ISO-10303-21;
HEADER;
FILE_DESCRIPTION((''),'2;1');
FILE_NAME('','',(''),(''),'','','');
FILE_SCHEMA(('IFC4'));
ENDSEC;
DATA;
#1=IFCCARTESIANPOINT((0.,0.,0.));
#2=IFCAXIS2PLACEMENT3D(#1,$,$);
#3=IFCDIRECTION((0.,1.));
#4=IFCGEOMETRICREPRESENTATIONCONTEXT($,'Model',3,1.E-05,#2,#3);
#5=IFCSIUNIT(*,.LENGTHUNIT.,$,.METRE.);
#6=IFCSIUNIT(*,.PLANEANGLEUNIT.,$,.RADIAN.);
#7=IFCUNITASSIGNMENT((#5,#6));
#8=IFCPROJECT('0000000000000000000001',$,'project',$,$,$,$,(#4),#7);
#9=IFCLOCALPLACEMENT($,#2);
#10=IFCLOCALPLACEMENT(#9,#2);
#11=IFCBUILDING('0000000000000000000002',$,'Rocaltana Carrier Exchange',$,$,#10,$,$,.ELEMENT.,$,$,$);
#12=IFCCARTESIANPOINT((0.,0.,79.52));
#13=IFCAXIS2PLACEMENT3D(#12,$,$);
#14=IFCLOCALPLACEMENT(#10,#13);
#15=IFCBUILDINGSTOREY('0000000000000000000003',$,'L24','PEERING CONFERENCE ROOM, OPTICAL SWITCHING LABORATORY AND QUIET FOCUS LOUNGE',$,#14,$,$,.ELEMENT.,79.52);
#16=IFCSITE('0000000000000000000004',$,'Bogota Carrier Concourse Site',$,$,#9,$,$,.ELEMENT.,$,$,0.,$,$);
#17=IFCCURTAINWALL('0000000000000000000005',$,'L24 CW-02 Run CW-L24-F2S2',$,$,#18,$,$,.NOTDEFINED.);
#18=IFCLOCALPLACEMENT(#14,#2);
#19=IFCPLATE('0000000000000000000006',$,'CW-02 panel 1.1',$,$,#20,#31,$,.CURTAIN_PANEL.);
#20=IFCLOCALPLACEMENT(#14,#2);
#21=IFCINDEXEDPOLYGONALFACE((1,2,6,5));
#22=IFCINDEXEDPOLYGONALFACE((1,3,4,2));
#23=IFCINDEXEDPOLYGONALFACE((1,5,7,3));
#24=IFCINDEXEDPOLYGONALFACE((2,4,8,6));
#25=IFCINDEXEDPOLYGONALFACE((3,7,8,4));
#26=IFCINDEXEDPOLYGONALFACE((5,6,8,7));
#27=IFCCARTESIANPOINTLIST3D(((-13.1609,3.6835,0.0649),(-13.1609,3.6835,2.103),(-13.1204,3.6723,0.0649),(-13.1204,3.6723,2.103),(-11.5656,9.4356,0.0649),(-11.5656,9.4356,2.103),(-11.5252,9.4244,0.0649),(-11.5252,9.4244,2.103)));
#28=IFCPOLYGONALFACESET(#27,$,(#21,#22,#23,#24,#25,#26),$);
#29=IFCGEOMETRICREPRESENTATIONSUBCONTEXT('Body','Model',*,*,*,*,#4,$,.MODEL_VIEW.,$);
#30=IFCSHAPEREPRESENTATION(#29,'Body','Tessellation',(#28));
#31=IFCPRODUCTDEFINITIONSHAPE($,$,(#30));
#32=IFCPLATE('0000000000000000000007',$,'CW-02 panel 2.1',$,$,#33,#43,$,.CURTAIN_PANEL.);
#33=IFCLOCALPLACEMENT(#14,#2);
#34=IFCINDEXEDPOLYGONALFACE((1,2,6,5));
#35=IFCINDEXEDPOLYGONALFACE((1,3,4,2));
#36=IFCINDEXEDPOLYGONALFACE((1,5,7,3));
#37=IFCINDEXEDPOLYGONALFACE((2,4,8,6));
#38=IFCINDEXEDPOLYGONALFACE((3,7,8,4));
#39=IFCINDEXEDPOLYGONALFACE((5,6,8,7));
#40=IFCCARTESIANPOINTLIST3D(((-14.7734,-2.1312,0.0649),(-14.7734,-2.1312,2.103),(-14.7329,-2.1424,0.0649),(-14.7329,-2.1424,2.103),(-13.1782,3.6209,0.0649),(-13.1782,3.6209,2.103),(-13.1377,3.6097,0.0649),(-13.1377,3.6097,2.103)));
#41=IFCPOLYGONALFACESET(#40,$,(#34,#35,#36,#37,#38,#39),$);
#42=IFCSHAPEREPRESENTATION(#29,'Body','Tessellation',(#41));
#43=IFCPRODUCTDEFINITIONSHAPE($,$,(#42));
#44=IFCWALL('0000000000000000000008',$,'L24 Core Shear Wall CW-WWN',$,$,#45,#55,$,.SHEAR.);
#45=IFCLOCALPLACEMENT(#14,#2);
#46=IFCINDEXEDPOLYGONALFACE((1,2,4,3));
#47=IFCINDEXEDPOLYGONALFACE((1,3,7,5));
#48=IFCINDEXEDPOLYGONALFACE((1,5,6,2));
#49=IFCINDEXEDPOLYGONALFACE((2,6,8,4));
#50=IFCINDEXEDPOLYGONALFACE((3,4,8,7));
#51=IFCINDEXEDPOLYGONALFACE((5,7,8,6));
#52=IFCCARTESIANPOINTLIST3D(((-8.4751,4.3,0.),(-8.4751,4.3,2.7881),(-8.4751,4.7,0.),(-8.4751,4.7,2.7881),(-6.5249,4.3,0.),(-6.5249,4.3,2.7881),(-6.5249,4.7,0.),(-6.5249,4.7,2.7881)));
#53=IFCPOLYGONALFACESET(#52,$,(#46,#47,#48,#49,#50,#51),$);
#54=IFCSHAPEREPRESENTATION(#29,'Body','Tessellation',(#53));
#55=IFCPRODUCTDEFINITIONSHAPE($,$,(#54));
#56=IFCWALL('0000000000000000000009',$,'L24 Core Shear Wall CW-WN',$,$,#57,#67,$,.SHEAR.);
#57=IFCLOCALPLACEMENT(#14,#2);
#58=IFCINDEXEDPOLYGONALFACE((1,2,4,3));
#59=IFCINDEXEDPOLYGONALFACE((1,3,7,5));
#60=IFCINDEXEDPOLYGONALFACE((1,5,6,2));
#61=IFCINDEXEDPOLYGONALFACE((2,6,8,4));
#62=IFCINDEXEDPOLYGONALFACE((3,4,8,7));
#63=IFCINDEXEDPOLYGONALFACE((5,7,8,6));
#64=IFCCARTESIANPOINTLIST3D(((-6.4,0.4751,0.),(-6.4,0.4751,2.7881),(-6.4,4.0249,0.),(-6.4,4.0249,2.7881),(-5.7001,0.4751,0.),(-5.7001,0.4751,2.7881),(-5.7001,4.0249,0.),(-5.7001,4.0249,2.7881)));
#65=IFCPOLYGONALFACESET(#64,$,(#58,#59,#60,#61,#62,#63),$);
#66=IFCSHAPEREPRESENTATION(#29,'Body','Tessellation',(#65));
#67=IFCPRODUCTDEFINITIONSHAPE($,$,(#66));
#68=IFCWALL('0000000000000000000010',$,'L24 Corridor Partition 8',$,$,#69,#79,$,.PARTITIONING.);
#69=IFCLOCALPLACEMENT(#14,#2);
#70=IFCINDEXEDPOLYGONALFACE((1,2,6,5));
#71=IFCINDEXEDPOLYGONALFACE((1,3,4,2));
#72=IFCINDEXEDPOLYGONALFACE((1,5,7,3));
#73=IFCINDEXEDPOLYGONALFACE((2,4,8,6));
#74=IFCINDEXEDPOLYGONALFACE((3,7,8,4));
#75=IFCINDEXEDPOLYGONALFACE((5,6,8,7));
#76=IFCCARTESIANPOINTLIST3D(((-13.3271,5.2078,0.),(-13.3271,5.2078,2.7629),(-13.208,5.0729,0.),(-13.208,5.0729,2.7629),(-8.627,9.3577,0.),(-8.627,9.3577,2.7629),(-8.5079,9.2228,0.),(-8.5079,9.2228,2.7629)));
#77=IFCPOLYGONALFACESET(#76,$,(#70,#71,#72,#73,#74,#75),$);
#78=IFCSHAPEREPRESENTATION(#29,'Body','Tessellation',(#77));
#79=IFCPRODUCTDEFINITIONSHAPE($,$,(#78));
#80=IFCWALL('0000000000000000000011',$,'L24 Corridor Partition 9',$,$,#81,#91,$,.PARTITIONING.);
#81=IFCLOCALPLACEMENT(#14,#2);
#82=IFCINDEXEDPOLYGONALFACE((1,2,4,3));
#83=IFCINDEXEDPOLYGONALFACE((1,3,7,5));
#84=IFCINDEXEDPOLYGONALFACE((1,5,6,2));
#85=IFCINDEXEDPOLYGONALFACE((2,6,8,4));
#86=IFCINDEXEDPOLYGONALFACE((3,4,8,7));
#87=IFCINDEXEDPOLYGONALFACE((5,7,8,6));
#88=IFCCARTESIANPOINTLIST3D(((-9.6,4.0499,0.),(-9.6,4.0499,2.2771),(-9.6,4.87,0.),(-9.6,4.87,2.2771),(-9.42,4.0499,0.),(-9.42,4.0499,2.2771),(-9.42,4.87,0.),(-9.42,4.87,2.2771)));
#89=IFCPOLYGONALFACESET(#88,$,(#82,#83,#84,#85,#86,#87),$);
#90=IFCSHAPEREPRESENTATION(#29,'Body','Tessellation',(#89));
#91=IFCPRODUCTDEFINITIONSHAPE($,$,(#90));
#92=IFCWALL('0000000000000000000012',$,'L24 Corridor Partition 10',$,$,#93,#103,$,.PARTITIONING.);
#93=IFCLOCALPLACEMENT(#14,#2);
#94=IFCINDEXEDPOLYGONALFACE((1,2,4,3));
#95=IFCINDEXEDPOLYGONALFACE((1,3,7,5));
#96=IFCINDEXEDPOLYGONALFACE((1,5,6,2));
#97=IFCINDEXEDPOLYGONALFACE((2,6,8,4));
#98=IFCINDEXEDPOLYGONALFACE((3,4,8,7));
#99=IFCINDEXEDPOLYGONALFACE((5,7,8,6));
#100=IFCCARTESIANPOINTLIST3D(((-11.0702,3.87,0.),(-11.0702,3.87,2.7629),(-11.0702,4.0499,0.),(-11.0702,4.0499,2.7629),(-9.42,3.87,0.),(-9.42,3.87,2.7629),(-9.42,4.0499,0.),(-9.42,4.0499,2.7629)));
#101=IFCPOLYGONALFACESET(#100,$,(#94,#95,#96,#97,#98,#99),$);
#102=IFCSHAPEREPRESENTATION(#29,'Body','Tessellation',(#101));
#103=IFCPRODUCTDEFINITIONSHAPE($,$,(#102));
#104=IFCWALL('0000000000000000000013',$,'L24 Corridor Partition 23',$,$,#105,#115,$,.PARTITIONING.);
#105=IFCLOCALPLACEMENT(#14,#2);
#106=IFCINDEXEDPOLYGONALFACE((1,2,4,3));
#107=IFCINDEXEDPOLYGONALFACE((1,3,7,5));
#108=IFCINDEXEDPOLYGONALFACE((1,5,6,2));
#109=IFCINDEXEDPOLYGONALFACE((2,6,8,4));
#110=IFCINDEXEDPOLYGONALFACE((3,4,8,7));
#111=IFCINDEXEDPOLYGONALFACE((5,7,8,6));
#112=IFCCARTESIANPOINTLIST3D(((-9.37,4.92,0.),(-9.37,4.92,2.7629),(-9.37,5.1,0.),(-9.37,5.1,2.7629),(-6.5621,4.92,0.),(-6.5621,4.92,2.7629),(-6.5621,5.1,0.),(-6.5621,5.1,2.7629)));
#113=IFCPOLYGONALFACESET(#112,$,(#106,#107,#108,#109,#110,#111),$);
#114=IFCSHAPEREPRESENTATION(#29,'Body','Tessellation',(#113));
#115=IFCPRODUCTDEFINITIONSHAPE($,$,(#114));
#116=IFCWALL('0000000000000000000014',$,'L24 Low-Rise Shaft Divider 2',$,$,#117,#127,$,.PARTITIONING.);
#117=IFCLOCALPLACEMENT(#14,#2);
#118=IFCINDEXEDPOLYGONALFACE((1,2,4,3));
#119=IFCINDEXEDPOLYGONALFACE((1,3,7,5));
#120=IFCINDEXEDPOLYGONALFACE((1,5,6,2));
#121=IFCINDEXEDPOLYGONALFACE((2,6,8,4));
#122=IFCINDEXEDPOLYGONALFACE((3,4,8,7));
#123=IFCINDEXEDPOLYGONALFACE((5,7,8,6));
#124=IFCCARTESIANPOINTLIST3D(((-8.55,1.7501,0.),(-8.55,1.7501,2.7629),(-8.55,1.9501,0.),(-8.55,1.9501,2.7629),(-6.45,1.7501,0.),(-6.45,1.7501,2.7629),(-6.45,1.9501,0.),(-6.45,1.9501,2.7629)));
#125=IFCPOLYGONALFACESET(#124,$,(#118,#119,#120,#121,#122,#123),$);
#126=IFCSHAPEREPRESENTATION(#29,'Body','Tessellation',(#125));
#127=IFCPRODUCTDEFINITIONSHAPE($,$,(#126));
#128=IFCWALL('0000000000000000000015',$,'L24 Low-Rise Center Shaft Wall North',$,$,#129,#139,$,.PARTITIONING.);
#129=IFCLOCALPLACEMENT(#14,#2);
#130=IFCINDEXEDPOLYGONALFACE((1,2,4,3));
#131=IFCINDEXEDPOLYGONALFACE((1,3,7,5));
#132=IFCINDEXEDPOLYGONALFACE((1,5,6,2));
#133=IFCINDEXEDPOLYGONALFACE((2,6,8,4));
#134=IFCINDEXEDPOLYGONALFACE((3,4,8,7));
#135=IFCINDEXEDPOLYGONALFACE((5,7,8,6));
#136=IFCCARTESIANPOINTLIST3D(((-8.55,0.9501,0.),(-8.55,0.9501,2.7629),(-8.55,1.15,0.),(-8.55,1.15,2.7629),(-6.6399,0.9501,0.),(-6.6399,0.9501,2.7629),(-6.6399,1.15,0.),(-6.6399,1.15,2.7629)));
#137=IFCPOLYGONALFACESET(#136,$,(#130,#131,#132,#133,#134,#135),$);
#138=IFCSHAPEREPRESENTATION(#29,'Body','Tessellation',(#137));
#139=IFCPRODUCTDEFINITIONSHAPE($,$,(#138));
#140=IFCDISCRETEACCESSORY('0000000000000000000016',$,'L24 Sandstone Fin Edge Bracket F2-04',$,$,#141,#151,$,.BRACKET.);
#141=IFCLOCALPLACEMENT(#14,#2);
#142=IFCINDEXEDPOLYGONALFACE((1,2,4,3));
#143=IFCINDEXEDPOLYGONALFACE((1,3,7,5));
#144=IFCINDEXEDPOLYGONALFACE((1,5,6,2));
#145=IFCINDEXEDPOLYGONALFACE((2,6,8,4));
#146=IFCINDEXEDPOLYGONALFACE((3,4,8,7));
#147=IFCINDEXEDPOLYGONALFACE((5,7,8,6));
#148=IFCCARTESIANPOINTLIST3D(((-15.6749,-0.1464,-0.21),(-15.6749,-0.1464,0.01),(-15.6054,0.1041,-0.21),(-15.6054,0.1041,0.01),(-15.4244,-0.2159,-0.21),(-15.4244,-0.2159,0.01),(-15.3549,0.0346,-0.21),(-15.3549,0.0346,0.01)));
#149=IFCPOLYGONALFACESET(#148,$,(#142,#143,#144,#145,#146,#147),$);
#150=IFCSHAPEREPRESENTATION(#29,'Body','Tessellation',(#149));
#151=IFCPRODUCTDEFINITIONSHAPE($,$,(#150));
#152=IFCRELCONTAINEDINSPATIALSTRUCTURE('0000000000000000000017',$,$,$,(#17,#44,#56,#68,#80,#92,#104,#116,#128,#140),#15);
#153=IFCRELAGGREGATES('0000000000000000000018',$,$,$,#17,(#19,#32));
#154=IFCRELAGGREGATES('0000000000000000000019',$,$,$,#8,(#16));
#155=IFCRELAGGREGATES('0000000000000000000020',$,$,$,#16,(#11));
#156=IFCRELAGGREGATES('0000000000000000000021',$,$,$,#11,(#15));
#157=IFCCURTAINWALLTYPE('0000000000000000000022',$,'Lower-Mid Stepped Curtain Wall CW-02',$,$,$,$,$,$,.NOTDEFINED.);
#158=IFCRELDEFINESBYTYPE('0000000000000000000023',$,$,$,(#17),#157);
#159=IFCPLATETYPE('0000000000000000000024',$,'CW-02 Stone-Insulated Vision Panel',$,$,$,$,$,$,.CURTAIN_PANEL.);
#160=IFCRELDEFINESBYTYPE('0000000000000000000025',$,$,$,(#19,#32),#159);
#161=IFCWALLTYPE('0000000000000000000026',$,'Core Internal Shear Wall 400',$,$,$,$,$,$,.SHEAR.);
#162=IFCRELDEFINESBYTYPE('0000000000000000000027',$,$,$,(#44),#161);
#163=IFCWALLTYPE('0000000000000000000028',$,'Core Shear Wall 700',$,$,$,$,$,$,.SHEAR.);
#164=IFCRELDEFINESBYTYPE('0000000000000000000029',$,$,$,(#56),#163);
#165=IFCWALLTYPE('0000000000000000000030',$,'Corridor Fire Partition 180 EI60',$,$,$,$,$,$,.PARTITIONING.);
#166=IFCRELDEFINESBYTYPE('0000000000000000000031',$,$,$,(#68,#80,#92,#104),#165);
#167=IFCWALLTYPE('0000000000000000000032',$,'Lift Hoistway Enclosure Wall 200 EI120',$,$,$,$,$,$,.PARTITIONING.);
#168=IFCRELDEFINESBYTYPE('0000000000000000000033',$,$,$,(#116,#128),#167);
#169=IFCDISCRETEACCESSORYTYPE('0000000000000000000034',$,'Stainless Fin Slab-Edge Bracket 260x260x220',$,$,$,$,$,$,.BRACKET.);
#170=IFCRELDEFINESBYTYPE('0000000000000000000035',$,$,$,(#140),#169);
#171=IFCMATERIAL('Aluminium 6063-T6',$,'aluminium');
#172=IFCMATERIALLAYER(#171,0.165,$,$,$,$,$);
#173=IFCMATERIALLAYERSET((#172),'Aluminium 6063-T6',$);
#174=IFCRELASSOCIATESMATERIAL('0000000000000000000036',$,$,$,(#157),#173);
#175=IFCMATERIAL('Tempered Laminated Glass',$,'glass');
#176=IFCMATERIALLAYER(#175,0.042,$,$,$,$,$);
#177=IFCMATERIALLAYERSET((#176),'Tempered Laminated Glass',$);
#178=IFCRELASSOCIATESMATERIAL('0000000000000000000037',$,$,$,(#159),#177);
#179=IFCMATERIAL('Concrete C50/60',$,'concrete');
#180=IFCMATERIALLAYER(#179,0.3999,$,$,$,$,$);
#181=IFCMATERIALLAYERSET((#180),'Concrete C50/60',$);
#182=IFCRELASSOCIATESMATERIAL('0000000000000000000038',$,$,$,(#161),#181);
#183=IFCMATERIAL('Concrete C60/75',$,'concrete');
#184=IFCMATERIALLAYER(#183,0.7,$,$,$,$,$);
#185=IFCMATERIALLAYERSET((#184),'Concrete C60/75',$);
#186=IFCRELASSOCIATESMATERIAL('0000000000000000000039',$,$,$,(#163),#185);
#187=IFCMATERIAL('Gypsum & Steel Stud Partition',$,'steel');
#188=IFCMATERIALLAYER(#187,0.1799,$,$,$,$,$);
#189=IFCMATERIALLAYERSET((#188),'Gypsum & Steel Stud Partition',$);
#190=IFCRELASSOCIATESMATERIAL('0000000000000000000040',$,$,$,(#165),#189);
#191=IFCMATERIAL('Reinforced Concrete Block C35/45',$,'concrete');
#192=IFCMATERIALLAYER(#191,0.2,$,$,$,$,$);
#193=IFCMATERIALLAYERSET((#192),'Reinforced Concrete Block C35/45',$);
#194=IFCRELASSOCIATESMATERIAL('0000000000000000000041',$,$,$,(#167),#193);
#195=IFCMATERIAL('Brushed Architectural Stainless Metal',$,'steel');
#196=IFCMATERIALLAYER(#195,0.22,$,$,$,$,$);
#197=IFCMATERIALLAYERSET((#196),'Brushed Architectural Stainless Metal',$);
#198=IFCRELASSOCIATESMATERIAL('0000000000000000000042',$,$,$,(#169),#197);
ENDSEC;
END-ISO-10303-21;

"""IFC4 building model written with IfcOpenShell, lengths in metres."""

from ifc_helpers import new_model, si_unit, direction, frame, frame_2d, origin, origin_2d, place, context, subcontext, project, spatial, rectangle, extrude, material, layer, layer_set, type_object, element, aggregate, save


model = new_model("IFC4")

# Units and contexts
model_context = context("Model", 3, precision=1e-05, world=origin(), true_north=direction((0.0, 1.0)))
body_context = subcontext(model_context, "Body", "Model", "MODEL_VIEW")
ifc_project = project(units=[si_unit("LENGTHUNIT", "METRE"), si_unit("PLANEANGLEUNIT", "RADIAN")], contexts=[model_context])

# Site, building, storey
site_placement = place(None, origin())
site = spatial("IfcSite", under=ifc_project, at=site_placement, Name="Bogota Carrier Concourse Site", CompositionType="ELEMENT", RefElevation=0.0)
building_placement = place(site_placement, origin())
building = spatial("IfcBuilding", under=site, at=building_placement, Name="Rocaltana Carrier Exchange", CompositionType="ELEMENT")
storey_placement = place(building_placement, frame((0.0, 0.0, 79.52)))
storey = spatial("IfcBuildingStorey", under=building, at=storey_placement, Name="L24", Description="PEERING CONFERENCE ROOM, OPTICAL SWITCHING LABORATORY AND QUIET FOCUS LOUNGE", CompositionType="ELEMENT", Elevation=79.52)

# Curtain wall
ifc_material_1 = material(Name="Aluminium 6063-T6", Category="aluminium")
ifc_layer_1 = layer(ifc_material_1, 0.165)
ifc_layer_set_1 = layer_set([ifc_layer_1], Name="Aluminium 6063-T6")
curtain_wall_type = type_object("IfcCurtainWallType", Name="Lower-Mid Stepped Curtain Wall CW-02", PredefinedType="NOTDEFINED", material=ifc_layer_set_1)
curtain_wall_placement = place(storey_placement, origin())
curtain_wall = element("IfcCurtainWall", 1, at=curtain_wall_placement, inside=storey, type_object=curtain_wall_type, Name="L24 CW-02 Run CW-L24-F2S2", PredefinedType="NOTDEFINED")

# Plates
ifc_material_2 = material(Name="Tempered Laminated Glass", Category="glass")
ifc_layer_2 = layer(ifc_material_2, 0.042)
ifc_layer_set_2 = layer_set([ifc_layer_2], Name="Tempered Laminated Glass")
plate_type = type_object("IfcPlateType", Name="CW-02 Stone-Insulated Vision Panel", PredefinedType="CURTAIN_PANEL", material=ifc_layer_set_2)
plate_1_placement = place(storey_placement, frame((-12.343, 6.554, 0.0649), z_axis=(0.0, 0.0, 1.0), x_axis=(-0.267238, -0.963631, 0.0)))
plate_1 = element("IfcPlate", 2, at=plate_1_placement, type_object=plate_type, Name="CW-02 panel 1.1", PredefinedType="CURTAIN_PANEL", context=body_context, shape_type="SweptSolid", body=[
    extrude(rectangle(XDim=5.9692, YDim=0.042, at=origin_2d()), origin(), (0.0, 0.0, 1.0), 2.0381),
])
plate_2_placement = place(storey_placement, frame((-13.9556, 0.7393, 0.0649), z_axis=(0.0, 0.0, 1.0), x_axis=(-0.267238, -0.963631, 0.0)))
plate_2 = element("IfcPlate", 3, at=plate_2_placement, type_object=plate_type, Name="CW-02 panel 2.1", PredefinedType="CURTAIN_PANEL", context=body_context, shape_type="SweptSolid", body=[
    extrude(rectangle(XDim=5.9692, YDim=0.042, at=origin_2d()), origin(), (0.0, 0.0, 1.0), 2.0381),
])
aggregate(curtain_wall, [plate_1, plate_2])

# Walls
ifc_material_3 = material(Name="Concrete C50/60", Category="concrete")
ifc_layer_3 = layer(ifc_material_3, 0.3999)
ifc_layer_set_3 = layer_set([ifc_layer_3], Name="Concrete C50/60")
wall_type_1 = type_object("IfcWallType", Name="Core Internal Shear Wall 400", PredefinedType="SHEAR", material=ifc_layer_set_3)
wall_1_placement = place(storey_placement, frame((-8.4751, 4.5, 0.0), z_axis=(0.0, 0.0, 1.0), x_axis=(1.0, 0.0, 0.0)))
element("IfcWall", 4, at=wall_1_placement, inside=storey, type_object=wall_type_1, Name="L24 Core Shear Wall CW-WWN", PredefinedType="SHEAR", context=body_context, shape_type="SweptSolid", body=[
    extrude(rectangle(XDim=1.9502, YDim=0.3999, at=frame_2d((0.9751, 0.0))), origin(), (0.0, 0.0, 1.0), 2.7881),
])
ifc_material_4 = material(Name="Concrete C60/75", Category="concrete")
ifc_layer_4 = layer(ifc_material_4, 0.7)
ifc_layer_set_4 = layer_set([ifc_layer_4], Name="Concrete C60/75")
wall_type_2 = type_object("IfcWallType", Name="Core Shear Wall 700", PredefinedType="SHEAR", material=ifc_layer_set_4)
wall_2_placement = place(storey_placement, frame((-6.05, 0.4751, 0.0), z_axis=(0.0, 0.0, 1.0), x_axis=(0.0, 1.0, 0.0)))
element("IfcWall", 5, at=wall_2_placement, inside=storey, type_object=wall_type_2, Name="L24 Core Shear Wall CW-WN", PredefinedType="SHEAR", context=body_context, shape_type="SweptSolid", body=[
    extrude(rectangle(XDim=3.5498, YDim=0.7, at=frame_2d((1.7749, 0.0))), origin(), (0.0, 0.0, 1.0), 2.7881),
])
ifc_material_5 = material(Name="Gypsum & Steel Stud Partition", Category="steel")
ifc_layer_5 = layer(ifc_material_5, 0.1799)
ifc_layer_set_5 = layer_set([ifc_layer_5], Name="Gypsum & Steel Stud Partition")
wall_type_3 = type_object("IfcWallType", Name="Corridor Fire Partition 180 EI60", PredefinedType="PARTITIONING", material=ifc_layer_set_5)
wall_3_placement = place(storey_placement, frame((-13.2676, 5.1404, 0.0), z_axis=(0.0, 0.0, 1.0), x_axis=(0.749626, 0.661861, 0.0)))
element("IfcWall", 6, at=wall_3_placement, inside=storey, type_object=wall_type_3, Name="L24 Corridor Partition 8", PredefinedType="PARTITIONING", context=body_context, shape_type="SweptSolid", body=[
    extrude(rectangle(XDim=6.27, YDim=0.1799, at=frame_2d((3.135, 0.0))), origin(), (0.0, 0.0, 1.0), 2.7629),
])
wall_4_placement = place(storey_placement, frame((-9.51, 4.8701, 0.0), z_axis=(0.0, 0.0, 1.0), x_axis=(0.0, -1.0, 0.0)))
element("IfcWall", 7, at=wall_4_placement, inside=storey, type_object=wall_type_3, Name="L24 Corridor Partition 9", PredefinedType="PARTITIONING", context=body_context, shape_type="SweptSolid", body=[
    extrude(rectangle(XDim=0.8201, YDim=0.1799, at=frame_2d((0.4102, 0.0))), origin(), (0.0, 0.0, 1.0), 2.2771),
])
wall_5_placement = place(storey_placement, frame((-9.4199, 3.96, 0.0), z_axis=(0.0, 0.0, 1.0), x_axis=(-1.0, 0.0, 0.0)))
element("IfcWall", 8, at=wall_5_placement, inside=storey, type_object=wall_type_3, Name="L24 Corridor Partition 10", PredefinedType="PARTITIONING", context=body_context, shape_type="SweptSolid", body=[
    extrude(rectangle(XDim=1.6501, YDim=0.1799, at=frame_2d((0.8252, 0.0))), origin(), (0.0, 0.0, 1.0), 2.7629),
])
wall_6_placement = place(storey_placement, frame((-6.5623, 5.01, 0.0), z_axis=(0.0, 0.0, 1.0), x_axis=(-1.0, 0.0, 0.0)))
element("IfcWall", 9, at=wall_6_placement, inside=storey, type_object=wall_type_3, Name="L24 Corridor Partition 23", PredefinedType="PARTITIONING", context=body_context, shape_type="SweptSolid", body=[
    extrude(rectangle(XDim=2.8079, YDim=0.1799, at=frame_2d((1.4038, 0.0))), origin(), (0.0, 0.0, 1.0), 2.7629),
])
ifc_material_6 = material(Name="Reinforced Concrete Block C35/45", Category="concrete")
ifc_layer_6 = layer(ifc_material_6, 0.2)
ifc_layer_set_6 = layer_set([ifc_layer_6], Name="Reinforced Concrete Block C35/45")
wall_type_4 = type_object("IfcWallType", Name="Lift Hoistway Enclosure Wall 200 EI120", PredefinedType="PARTITIONING", material=ifc_layer_set_6)
wall_7_placement = place(storey_placement, frame((-8.55, 1.8501, 0.0), z_axis=(0.0, 0.0, 1.0), x_axis=(1.0, 0.0, 0.0)))
element("IfcWall", 10, at=wall_7_placement, inside=storey, type_object=wall_type_4, Name="L24 Low-Rise Shaft Divider 2", PredefinedType="PARTITIONING", context=body_context, shape_type="SweptSolid", body=[
    extrude(rectangle(XDim=2.1001, YDim=0.2, at=frame_2d((1.05, 0.0))), origin(), (0.0, 0.0, 1.0), 2.7629),
])
wall_8_placement = place(storey_placement, frame((-8.55, 1.05, 0.0), z_axis=(0.0, 0.0, 1.0), x_axis=(1.0, 0.0, 0.0)))
element("IfcWall", 11, at=wall_8_placement, inside=storey, type_object=wall_type_4, Name="L24 Low-Rise Center Shaft Wall North", PredefinedType="PARTITIONING", context=body_context, shape_type="SweptSolid", body=[
    extrude(rectangle(XDim=1.9102, YDim=0.2, at=frame_2d((0.9551, 0.0))), origin(), (0.0, 0.0, 1.0), 2.7629),
])

# Discrete accessory
ifc_material_7 = material(Name="Brushed Architectural Stainless Metal", Category="steel")
ifc_layer_7 = layer(ifc_material_7, 0.22)
ifc_layer_set_7 = layer_set([ifc_layer_7], Name="Brushed Architectural Stainless Metal")
discrete_accessory_type = type_object("IfcDiscreteAccessoryType", Name="Stainless Fin Slab-Edge Bracket 260x260x220", PredefinedType="BRACKET", material=ifc_layer_set_7)
discrete_accessory_placement = place(storey_placement, frame((-15.5149, -0.0559, -0.21), z_axis=(0.0, 0.0, 1.0), x_axis=(-0.267238, -0.96363, 0.0)))
element("IfcDiscreteAccessory", 12, at=discrete_accessory_placement, inside=storey, type_object=discrete_accessory_type, Name="L24 Sandstone Fin Edge Bracket F2-04", PredefinedType="BRACKET", context=body_context, shape_type="SweptSolid", body=[
    extrude(rectangle(XDim=0.26, YDim=0.26, at=origin_2d()), origin(), (0.0, 0.0, 1.0), 0.22),
])

save(model, "model.ifc")
